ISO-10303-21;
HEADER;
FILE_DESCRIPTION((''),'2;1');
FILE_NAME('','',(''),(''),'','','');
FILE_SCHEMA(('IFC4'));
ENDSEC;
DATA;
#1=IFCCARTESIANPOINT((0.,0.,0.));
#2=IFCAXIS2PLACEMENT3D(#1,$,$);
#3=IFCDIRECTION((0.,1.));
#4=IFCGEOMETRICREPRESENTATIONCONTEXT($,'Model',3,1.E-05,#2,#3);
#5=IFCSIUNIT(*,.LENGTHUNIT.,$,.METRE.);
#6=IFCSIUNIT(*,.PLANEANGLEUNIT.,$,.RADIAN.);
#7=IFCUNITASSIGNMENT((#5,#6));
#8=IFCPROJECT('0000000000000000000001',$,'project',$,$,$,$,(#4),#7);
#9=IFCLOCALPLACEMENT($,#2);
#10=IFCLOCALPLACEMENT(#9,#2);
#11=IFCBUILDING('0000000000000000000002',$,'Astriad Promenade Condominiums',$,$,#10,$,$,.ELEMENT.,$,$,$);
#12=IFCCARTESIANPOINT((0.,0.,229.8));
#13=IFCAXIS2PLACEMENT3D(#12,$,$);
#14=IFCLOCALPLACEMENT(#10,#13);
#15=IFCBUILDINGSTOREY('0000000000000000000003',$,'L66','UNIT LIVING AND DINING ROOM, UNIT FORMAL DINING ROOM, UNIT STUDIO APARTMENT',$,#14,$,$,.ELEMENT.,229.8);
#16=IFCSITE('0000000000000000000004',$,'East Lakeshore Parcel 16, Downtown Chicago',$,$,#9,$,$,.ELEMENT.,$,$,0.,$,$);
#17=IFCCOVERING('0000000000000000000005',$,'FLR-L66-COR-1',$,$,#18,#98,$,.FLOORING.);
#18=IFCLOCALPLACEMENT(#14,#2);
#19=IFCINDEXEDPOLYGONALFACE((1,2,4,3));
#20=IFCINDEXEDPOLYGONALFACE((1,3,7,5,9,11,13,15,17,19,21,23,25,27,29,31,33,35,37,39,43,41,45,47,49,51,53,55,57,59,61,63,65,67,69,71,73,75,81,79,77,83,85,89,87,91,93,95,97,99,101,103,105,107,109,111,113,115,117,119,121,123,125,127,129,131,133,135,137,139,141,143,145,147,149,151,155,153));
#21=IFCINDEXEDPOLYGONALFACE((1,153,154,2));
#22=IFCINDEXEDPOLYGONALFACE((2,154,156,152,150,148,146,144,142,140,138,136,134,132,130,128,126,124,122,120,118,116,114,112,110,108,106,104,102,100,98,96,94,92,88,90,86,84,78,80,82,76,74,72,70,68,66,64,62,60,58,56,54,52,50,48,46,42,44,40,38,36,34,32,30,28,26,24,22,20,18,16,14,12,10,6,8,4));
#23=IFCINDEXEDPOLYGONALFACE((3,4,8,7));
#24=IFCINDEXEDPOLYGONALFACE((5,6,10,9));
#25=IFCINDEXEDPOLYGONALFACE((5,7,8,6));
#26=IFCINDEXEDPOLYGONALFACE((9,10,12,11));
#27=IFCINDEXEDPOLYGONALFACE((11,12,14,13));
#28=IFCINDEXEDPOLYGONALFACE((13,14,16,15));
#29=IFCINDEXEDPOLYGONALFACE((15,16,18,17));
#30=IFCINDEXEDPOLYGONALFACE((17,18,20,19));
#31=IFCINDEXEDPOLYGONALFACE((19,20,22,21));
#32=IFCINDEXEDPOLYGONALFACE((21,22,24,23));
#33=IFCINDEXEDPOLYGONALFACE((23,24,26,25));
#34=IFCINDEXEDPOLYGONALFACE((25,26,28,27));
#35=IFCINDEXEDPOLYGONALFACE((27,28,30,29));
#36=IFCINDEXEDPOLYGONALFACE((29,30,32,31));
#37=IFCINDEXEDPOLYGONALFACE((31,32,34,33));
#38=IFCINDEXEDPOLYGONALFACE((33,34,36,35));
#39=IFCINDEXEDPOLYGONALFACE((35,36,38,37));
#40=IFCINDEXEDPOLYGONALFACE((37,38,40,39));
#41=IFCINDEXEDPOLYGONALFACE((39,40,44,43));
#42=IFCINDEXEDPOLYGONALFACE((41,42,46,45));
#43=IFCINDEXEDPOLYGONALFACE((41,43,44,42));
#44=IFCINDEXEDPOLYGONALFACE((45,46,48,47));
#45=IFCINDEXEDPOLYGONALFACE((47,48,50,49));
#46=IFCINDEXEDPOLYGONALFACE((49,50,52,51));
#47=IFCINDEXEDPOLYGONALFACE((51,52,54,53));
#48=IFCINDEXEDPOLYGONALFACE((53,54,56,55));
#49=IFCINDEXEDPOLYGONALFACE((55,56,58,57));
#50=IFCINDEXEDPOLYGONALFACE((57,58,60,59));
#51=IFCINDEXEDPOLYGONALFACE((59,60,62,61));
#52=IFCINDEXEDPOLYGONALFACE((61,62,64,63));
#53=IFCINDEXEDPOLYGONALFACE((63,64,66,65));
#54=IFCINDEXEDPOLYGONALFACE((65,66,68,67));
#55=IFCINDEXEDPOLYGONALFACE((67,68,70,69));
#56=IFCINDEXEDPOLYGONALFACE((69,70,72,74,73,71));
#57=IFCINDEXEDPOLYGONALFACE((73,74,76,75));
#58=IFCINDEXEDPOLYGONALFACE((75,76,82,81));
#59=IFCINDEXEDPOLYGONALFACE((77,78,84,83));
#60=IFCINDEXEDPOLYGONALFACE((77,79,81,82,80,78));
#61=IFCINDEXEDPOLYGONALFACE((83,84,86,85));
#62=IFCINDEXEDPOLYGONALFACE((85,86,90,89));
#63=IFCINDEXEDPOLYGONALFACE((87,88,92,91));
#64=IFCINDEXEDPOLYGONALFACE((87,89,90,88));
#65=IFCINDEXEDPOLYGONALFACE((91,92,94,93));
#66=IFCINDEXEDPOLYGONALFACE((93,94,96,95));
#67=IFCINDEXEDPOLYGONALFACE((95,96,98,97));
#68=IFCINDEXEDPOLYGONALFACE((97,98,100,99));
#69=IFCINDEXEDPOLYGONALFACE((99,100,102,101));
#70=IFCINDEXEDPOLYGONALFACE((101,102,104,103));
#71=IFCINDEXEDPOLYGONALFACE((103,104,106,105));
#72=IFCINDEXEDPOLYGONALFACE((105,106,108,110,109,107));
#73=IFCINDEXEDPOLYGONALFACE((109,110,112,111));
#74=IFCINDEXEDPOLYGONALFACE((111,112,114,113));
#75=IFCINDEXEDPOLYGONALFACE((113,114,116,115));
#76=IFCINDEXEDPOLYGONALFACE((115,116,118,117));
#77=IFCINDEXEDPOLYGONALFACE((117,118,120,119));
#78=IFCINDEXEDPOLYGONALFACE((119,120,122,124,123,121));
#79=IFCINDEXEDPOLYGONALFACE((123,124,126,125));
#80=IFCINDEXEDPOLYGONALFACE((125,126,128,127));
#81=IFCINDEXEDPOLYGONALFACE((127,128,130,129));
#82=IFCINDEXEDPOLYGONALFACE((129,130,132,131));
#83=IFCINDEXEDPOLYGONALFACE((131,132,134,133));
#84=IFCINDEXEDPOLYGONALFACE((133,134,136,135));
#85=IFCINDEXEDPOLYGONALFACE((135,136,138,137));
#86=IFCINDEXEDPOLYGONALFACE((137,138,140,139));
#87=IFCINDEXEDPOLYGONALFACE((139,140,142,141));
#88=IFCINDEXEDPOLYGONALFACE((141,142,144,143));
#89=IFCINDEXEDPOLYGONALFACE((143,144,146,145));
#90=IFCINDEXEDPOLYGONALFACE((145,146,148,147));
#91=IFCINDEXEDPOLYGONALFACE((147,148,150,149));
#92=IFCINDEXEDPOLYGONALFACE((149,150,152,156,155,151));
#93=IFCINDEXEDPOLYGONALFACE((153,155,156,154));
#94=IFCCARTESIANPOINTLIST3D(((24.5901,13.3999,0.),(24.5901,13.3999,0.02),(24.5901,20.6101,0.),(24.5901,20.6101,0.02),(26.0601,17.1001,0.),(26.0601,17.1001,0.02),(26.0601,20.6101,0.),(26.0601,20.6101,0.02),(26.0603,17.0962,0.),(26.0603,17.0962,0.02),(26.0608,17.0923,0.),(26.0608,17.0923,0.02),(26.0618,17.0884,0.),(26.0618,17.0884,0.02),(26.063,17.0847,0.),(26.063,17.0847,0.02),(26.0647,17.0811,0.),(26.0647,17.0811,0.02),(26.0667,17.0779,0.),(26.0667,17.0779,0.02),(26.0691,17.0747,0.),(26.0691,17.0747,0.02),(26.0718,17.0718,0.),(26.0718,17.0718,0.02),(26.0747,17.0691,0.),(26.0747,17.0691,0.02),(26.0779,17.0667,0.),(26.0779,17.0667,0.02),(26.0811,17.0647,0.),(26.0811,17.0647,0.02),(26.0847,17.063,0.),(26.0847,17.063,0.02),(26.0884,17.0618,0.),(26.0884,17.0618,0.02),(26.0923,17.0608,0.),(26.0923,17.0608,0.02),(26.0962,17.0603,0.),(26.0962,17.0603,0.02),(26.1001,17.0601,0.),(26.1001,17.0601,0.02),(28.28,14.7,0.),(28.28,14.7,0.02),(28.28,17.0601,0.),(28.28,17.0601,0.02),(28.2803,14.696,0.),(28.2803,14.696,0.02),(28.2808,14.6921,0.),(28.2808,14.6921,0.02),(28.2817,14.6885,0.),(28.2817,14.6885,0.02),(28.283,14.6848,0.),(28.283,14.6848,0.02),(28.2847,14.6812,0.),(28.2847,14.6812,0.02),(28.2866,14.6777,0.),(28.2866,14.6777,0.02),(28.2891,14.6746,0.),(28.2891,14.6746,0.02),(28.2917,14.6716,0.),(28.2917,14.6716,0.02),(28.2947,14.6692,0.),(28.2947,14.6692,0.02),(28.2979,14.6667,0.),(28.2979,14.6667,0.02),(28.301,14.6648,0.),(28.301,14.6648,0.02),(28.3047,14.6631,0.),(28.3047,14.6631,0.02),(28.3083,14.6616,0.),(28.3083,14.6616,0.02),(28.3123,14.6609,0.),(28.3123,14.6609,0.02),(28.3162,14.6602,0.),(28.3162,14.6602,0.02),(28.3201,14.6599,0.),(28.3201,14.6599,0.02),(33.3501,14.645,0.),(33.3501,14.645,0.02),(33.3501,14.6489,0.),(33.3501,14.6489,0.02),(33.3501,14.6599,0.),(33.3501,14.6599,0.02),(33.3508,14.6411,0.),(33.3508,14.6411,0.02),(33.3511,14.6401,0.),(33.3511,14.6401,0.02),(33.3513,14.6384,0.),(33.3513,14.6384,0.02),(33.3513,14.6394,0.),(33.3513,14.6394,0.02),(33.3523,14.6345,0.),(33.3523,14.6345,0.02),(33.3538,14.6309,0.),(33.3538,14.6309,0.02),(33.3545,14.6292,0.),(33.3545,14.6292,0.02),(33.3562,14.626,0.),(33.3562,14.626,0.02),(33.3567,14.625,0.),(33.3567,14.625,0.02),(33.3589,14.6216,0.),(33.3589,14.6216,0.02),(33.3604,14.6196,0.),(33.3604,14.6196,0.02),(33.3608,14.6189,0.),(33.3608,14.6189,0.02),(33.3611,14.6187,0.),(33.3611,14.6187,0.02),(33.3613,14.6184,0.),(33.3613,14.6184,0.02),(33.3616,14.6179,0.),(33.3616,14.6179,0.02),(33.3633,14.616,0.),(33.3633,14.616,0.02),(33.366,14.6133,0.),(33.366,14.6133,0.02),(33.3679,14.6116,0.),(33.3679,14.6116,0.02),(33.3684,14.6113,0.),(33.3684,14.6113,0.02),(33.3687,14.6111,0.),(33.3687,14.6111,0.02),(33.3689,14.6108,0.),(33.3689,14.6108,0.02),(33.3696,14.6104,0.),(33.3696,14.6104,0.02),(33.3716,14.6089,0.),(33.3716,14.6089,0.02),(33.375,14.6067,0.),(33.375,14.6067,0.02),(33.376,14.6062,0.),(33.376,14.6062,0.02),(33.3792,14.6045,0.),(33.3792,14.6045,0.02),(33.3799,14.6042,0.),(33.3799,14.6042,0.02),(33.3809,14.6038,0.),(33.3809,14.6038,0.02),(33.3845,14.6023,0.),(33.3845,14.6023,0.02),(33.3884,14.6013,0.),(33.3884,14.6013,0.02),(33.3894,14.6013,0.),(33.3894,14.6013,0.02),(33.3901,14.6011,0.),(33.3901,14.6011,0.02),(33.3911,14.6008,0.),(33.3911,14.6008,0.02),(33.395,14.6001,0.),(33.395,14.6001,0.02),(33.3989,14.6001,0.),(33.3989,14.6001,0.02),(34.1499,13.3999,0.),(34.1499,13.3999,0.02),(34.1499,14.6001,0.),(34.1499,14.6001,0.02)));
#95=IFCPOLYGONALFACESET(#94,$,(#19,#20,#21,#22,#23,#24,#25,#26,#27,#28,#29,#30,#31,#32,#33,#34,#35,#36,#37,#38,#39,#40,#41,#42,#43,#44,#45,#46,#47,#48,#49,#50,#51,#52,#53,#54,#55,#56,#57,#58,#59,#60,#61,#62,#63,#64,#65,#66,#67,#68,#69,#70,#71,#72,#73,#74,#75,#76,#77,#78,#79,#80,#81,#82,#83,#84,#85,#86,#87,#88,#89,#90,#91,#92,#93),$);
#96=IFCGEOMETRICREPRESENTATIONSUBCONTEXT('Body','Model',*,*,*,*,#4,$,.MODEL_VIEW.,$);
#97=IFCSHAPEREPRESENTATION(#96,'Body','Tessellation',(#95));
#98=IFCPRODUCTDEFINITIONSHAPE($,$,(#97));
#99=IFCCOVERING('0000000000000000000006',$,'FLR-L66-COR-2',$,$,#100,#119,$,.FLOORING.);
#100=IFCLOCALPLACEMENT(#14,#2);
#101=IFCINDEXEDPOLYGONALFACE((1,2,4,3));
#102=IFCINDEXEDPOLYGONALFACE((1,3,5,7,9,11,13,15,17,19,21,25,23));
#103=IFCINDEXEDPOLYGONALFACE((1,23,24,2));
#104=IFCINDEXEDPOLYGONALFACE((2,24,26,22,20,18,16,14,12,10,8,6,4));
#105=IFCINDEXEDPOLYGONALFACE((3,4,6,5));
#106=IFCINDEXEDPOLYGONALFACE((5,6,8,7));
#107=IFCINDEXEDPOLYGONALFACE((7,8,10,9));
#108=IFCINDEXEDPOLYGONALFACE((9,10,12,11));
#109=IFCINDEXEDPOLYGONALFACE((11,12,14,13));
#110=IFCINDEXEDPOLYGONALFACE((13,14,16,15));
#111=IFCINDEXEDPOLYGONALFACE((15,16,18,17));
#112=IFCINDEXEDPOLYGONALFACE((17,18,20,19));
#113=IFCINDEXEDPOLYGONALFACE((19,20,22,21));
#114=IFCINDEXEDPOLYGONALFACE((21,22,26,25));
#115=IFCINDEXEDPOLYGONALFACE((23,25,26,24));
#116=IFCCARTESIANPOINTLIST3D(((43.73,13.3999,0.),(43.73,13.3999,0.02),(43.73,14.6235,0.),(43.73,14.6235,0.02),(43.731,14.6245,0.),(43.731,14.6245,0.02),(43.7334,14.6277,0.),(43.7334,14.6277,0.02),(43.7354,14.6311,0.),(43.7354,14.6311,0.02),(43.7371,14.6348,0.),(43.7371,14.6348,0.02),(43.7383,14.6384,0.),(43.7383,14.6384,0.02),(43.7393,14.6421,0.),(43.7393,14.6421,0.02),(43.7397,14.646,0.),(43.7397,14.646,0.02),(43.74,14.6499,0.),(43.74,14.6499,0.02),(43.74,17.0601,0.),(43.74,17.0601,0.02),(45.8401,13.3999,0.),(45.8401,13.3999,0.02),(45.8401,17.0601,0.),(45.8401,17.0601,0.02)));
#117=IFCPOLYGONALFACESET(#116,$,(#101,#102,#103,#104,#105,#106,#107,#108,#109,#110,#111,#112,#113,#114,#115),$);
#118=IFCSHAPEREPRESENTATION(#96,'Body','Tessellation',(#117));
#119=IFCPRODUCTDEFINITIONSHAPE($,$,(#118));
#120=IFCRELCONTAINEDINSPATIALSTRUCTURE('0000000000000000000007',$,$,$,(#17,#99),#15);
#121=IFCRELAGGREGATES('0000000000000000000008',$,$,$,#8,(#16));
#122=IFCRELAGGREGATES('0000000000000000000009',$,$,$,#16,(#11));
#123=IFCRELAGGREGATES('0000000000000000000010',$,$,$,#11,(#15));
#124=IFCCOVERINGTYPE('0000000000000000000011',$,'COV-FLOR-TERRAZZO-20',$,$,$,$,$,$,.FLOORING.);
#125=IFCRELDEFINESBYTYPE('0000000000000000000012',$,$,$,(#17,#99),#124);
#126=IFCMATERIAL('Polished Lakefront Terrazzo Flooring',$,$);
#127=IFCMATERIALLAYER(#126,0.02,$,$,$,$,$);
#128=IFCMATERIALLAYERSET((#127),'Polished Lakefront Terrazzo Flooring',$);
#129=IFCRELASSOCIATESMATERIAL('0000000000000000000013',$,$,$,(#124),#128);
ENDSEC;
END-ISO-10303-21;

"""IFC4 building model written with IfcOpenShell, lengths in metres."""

from ifc_helpers import new_model, si_unit, direction, frame, origin, place, context, subcontext, project, spatial, polyline, outline, extrude, material, layer, layer_set, type_object, element, save


model = new_model("IFC4")

# Units and contexts
model_context = context("Model", 3, precision=1e-05, world=origin(), true_north=direction((0.0, 1.0)))
body_context = subcontext(model_context, "Body", "Model", "MODEL_VIEW")
ifc_project = project(units=[si_unit("LENGTHUNIT", "METRE"), si_unit("PLANEANGLEUNIT", "RADIAN")], contexts=[model_context])

# Site, building, storey
site_placement = place(None, origin())
site = spatial("IfcSite", under=ifc_project, at=site_placement, Name="East Lakeshore Parcel 16, Downtown Chicago", CompositionType="ELEMENT", RefElevation=0.0)
building_placement = place(site_placement, origin())
building = spatial("IfcBuilding", under=site, at=building_placement, Name="Astriad Promenade Condominiums", CompositionType="ELEMENT")
storey_placement = place(building_placement, frame((0.0, 0.0, 229.8)))
storey = spatial("IfcBuildingStorey", under=building, at=storey_placement, Name="L66", Description="UNIT LIVING AND DINING ROOM, UNIT FORMAL DINING ROOM, UNIT STUDIO APARTMENT", CompositionType="ELEMENT", Elevation=229.8)

# Coverings
ifc_material_1 = material(Name="Polished Lakefront Terrazzo Flooring")
ifc_layer_1 = layer(ifc_material_1, 0.02)
ifc_layer_set_1 = layer_set([ifc_layer_1], Name="Polished Lakefront Terrazzo Flooring")
covering_type = type_object("IfcCoveringType", Name="COV-FLOR-TERRAZZO-20", PredefinedType="FLOORING", material=ifc_layer_set_1)
covering_1_placement = place(storey_placement, origin())
element("IfcCovering", 1, at=covering_1_placement, inside=storey, type_object=covering_type, Name="FLR-L66-COR-1", PredefinedType="FLOORING", context=body_context, shape_type="SweptSolid", body=[
    extrude(outline(polyline([(24.5901, 13.3999), (24.5901, 20.6101), (26.0601, 20.6101), (26.0601, 17.1001), (26.0603, 17.0962), (26.0608, 17.0923), (26.0618, 17.0884), (26.063, 17.0847), (26.0647, 17.0811), (26.0667, 17.0779), (26.0691, 17.0747), (26.0718, 17.0718), (26.0747, 17.0691), (26.0779, 17.0667), (26.0811, 17.0647), (26.0847, 17.063), (26.0884, 17.0618), (26.0923, 17.0608), (26.0962, 17.0603), (26.1001, 17.0601), (28.28, 17.0601), (28.28, 14.7), (28.2803, 14.696), (28.2808, 14.6921), (28.2817, 14.6885), (28.283, 14.6848), (28.2847, 14.6812), (28.2866, 14.6777), (28.2891, 14.6746), (28.2917, 14.6716), (28.2947, 14.6692), (28.2979, 14.6667), (28.301, 14.6648), (28.3047, 14.6631), (28.3083, 14.6616), (28.3123, 14.6609), (28.3162, 14.6602), (28.3201, 14.6599), (33.3501, 14.6599), (33.3501, 14.6489), (33.3501, 14.645), (33.3508, 14.6411), (33.3511, 14.6401), (33.3513, 14.6394), (33.3513, 14.6384), (33.3523, 14.6345), (33.3538, 14.6309), (33.3545, 14.6292), (33.3562, 14.626), (33.3567, 14.625), (33.3589, 14.6216), (33.3604, 14.6196), (33.3608, 14.6189), (33.3611, 14.6187), (33.3613, 14.6184), (33.3616, 14.6179), (33.3633, 14.616), (33.366, 14.6133), (33.3679, 14.6116), (33.3684, 14.6113), (33.3687, 14.6111), (33.3689, 14.6108), (33.3696, 14.6104), (33.3716, 14.6089), (33.375, 14.6067), (33.376, 14.6062), (33.3792, 14.6045), (33.3799, 14.6042), (33.3809, 14.6038), (33.3845, 14.6023), (33.3884, 14.6013), (33.3894, 14.6013), (33.3901, 14.6011), (33.3911, 14.6008), (33.395, 14.6001), (33.3989, 14.6001), (34.1499, 14.6001), (34.1499, 13.3999), (24.5901, 13.3999)])), origin(), (0.0, 0.0, 1.0), 0.02),
])
covering_2_placement = place(storey_placement, origin())
element("IfcCovering", 2, at=covering_2_placement, inside=storey, type_object=covering_type, Name="FLR-L66-COR-2", PredefinedType="FLOORING", context=body_context, shape_type="SweptSolid", body=[
    extrude(outline(polyline([(43.73, 14.6235), (43.731, 14.6245), (43.7334, 14.6277), (43.7354, 14.6311), (43.7371, 14.6348), (43.7383, 14.6384), (43.7393, 14.6421), (43.7397, 14.646), (43.74, 14.6499), (43.74, 17.0601), (45.8401, 17.0601), (45.8401, 13.3999), (43.73, 13.3999), (43.73, 14.6235)])), origin(), (0.0, 0.0, 1.0), 0.02),
])

save(model, "model.ifc")
